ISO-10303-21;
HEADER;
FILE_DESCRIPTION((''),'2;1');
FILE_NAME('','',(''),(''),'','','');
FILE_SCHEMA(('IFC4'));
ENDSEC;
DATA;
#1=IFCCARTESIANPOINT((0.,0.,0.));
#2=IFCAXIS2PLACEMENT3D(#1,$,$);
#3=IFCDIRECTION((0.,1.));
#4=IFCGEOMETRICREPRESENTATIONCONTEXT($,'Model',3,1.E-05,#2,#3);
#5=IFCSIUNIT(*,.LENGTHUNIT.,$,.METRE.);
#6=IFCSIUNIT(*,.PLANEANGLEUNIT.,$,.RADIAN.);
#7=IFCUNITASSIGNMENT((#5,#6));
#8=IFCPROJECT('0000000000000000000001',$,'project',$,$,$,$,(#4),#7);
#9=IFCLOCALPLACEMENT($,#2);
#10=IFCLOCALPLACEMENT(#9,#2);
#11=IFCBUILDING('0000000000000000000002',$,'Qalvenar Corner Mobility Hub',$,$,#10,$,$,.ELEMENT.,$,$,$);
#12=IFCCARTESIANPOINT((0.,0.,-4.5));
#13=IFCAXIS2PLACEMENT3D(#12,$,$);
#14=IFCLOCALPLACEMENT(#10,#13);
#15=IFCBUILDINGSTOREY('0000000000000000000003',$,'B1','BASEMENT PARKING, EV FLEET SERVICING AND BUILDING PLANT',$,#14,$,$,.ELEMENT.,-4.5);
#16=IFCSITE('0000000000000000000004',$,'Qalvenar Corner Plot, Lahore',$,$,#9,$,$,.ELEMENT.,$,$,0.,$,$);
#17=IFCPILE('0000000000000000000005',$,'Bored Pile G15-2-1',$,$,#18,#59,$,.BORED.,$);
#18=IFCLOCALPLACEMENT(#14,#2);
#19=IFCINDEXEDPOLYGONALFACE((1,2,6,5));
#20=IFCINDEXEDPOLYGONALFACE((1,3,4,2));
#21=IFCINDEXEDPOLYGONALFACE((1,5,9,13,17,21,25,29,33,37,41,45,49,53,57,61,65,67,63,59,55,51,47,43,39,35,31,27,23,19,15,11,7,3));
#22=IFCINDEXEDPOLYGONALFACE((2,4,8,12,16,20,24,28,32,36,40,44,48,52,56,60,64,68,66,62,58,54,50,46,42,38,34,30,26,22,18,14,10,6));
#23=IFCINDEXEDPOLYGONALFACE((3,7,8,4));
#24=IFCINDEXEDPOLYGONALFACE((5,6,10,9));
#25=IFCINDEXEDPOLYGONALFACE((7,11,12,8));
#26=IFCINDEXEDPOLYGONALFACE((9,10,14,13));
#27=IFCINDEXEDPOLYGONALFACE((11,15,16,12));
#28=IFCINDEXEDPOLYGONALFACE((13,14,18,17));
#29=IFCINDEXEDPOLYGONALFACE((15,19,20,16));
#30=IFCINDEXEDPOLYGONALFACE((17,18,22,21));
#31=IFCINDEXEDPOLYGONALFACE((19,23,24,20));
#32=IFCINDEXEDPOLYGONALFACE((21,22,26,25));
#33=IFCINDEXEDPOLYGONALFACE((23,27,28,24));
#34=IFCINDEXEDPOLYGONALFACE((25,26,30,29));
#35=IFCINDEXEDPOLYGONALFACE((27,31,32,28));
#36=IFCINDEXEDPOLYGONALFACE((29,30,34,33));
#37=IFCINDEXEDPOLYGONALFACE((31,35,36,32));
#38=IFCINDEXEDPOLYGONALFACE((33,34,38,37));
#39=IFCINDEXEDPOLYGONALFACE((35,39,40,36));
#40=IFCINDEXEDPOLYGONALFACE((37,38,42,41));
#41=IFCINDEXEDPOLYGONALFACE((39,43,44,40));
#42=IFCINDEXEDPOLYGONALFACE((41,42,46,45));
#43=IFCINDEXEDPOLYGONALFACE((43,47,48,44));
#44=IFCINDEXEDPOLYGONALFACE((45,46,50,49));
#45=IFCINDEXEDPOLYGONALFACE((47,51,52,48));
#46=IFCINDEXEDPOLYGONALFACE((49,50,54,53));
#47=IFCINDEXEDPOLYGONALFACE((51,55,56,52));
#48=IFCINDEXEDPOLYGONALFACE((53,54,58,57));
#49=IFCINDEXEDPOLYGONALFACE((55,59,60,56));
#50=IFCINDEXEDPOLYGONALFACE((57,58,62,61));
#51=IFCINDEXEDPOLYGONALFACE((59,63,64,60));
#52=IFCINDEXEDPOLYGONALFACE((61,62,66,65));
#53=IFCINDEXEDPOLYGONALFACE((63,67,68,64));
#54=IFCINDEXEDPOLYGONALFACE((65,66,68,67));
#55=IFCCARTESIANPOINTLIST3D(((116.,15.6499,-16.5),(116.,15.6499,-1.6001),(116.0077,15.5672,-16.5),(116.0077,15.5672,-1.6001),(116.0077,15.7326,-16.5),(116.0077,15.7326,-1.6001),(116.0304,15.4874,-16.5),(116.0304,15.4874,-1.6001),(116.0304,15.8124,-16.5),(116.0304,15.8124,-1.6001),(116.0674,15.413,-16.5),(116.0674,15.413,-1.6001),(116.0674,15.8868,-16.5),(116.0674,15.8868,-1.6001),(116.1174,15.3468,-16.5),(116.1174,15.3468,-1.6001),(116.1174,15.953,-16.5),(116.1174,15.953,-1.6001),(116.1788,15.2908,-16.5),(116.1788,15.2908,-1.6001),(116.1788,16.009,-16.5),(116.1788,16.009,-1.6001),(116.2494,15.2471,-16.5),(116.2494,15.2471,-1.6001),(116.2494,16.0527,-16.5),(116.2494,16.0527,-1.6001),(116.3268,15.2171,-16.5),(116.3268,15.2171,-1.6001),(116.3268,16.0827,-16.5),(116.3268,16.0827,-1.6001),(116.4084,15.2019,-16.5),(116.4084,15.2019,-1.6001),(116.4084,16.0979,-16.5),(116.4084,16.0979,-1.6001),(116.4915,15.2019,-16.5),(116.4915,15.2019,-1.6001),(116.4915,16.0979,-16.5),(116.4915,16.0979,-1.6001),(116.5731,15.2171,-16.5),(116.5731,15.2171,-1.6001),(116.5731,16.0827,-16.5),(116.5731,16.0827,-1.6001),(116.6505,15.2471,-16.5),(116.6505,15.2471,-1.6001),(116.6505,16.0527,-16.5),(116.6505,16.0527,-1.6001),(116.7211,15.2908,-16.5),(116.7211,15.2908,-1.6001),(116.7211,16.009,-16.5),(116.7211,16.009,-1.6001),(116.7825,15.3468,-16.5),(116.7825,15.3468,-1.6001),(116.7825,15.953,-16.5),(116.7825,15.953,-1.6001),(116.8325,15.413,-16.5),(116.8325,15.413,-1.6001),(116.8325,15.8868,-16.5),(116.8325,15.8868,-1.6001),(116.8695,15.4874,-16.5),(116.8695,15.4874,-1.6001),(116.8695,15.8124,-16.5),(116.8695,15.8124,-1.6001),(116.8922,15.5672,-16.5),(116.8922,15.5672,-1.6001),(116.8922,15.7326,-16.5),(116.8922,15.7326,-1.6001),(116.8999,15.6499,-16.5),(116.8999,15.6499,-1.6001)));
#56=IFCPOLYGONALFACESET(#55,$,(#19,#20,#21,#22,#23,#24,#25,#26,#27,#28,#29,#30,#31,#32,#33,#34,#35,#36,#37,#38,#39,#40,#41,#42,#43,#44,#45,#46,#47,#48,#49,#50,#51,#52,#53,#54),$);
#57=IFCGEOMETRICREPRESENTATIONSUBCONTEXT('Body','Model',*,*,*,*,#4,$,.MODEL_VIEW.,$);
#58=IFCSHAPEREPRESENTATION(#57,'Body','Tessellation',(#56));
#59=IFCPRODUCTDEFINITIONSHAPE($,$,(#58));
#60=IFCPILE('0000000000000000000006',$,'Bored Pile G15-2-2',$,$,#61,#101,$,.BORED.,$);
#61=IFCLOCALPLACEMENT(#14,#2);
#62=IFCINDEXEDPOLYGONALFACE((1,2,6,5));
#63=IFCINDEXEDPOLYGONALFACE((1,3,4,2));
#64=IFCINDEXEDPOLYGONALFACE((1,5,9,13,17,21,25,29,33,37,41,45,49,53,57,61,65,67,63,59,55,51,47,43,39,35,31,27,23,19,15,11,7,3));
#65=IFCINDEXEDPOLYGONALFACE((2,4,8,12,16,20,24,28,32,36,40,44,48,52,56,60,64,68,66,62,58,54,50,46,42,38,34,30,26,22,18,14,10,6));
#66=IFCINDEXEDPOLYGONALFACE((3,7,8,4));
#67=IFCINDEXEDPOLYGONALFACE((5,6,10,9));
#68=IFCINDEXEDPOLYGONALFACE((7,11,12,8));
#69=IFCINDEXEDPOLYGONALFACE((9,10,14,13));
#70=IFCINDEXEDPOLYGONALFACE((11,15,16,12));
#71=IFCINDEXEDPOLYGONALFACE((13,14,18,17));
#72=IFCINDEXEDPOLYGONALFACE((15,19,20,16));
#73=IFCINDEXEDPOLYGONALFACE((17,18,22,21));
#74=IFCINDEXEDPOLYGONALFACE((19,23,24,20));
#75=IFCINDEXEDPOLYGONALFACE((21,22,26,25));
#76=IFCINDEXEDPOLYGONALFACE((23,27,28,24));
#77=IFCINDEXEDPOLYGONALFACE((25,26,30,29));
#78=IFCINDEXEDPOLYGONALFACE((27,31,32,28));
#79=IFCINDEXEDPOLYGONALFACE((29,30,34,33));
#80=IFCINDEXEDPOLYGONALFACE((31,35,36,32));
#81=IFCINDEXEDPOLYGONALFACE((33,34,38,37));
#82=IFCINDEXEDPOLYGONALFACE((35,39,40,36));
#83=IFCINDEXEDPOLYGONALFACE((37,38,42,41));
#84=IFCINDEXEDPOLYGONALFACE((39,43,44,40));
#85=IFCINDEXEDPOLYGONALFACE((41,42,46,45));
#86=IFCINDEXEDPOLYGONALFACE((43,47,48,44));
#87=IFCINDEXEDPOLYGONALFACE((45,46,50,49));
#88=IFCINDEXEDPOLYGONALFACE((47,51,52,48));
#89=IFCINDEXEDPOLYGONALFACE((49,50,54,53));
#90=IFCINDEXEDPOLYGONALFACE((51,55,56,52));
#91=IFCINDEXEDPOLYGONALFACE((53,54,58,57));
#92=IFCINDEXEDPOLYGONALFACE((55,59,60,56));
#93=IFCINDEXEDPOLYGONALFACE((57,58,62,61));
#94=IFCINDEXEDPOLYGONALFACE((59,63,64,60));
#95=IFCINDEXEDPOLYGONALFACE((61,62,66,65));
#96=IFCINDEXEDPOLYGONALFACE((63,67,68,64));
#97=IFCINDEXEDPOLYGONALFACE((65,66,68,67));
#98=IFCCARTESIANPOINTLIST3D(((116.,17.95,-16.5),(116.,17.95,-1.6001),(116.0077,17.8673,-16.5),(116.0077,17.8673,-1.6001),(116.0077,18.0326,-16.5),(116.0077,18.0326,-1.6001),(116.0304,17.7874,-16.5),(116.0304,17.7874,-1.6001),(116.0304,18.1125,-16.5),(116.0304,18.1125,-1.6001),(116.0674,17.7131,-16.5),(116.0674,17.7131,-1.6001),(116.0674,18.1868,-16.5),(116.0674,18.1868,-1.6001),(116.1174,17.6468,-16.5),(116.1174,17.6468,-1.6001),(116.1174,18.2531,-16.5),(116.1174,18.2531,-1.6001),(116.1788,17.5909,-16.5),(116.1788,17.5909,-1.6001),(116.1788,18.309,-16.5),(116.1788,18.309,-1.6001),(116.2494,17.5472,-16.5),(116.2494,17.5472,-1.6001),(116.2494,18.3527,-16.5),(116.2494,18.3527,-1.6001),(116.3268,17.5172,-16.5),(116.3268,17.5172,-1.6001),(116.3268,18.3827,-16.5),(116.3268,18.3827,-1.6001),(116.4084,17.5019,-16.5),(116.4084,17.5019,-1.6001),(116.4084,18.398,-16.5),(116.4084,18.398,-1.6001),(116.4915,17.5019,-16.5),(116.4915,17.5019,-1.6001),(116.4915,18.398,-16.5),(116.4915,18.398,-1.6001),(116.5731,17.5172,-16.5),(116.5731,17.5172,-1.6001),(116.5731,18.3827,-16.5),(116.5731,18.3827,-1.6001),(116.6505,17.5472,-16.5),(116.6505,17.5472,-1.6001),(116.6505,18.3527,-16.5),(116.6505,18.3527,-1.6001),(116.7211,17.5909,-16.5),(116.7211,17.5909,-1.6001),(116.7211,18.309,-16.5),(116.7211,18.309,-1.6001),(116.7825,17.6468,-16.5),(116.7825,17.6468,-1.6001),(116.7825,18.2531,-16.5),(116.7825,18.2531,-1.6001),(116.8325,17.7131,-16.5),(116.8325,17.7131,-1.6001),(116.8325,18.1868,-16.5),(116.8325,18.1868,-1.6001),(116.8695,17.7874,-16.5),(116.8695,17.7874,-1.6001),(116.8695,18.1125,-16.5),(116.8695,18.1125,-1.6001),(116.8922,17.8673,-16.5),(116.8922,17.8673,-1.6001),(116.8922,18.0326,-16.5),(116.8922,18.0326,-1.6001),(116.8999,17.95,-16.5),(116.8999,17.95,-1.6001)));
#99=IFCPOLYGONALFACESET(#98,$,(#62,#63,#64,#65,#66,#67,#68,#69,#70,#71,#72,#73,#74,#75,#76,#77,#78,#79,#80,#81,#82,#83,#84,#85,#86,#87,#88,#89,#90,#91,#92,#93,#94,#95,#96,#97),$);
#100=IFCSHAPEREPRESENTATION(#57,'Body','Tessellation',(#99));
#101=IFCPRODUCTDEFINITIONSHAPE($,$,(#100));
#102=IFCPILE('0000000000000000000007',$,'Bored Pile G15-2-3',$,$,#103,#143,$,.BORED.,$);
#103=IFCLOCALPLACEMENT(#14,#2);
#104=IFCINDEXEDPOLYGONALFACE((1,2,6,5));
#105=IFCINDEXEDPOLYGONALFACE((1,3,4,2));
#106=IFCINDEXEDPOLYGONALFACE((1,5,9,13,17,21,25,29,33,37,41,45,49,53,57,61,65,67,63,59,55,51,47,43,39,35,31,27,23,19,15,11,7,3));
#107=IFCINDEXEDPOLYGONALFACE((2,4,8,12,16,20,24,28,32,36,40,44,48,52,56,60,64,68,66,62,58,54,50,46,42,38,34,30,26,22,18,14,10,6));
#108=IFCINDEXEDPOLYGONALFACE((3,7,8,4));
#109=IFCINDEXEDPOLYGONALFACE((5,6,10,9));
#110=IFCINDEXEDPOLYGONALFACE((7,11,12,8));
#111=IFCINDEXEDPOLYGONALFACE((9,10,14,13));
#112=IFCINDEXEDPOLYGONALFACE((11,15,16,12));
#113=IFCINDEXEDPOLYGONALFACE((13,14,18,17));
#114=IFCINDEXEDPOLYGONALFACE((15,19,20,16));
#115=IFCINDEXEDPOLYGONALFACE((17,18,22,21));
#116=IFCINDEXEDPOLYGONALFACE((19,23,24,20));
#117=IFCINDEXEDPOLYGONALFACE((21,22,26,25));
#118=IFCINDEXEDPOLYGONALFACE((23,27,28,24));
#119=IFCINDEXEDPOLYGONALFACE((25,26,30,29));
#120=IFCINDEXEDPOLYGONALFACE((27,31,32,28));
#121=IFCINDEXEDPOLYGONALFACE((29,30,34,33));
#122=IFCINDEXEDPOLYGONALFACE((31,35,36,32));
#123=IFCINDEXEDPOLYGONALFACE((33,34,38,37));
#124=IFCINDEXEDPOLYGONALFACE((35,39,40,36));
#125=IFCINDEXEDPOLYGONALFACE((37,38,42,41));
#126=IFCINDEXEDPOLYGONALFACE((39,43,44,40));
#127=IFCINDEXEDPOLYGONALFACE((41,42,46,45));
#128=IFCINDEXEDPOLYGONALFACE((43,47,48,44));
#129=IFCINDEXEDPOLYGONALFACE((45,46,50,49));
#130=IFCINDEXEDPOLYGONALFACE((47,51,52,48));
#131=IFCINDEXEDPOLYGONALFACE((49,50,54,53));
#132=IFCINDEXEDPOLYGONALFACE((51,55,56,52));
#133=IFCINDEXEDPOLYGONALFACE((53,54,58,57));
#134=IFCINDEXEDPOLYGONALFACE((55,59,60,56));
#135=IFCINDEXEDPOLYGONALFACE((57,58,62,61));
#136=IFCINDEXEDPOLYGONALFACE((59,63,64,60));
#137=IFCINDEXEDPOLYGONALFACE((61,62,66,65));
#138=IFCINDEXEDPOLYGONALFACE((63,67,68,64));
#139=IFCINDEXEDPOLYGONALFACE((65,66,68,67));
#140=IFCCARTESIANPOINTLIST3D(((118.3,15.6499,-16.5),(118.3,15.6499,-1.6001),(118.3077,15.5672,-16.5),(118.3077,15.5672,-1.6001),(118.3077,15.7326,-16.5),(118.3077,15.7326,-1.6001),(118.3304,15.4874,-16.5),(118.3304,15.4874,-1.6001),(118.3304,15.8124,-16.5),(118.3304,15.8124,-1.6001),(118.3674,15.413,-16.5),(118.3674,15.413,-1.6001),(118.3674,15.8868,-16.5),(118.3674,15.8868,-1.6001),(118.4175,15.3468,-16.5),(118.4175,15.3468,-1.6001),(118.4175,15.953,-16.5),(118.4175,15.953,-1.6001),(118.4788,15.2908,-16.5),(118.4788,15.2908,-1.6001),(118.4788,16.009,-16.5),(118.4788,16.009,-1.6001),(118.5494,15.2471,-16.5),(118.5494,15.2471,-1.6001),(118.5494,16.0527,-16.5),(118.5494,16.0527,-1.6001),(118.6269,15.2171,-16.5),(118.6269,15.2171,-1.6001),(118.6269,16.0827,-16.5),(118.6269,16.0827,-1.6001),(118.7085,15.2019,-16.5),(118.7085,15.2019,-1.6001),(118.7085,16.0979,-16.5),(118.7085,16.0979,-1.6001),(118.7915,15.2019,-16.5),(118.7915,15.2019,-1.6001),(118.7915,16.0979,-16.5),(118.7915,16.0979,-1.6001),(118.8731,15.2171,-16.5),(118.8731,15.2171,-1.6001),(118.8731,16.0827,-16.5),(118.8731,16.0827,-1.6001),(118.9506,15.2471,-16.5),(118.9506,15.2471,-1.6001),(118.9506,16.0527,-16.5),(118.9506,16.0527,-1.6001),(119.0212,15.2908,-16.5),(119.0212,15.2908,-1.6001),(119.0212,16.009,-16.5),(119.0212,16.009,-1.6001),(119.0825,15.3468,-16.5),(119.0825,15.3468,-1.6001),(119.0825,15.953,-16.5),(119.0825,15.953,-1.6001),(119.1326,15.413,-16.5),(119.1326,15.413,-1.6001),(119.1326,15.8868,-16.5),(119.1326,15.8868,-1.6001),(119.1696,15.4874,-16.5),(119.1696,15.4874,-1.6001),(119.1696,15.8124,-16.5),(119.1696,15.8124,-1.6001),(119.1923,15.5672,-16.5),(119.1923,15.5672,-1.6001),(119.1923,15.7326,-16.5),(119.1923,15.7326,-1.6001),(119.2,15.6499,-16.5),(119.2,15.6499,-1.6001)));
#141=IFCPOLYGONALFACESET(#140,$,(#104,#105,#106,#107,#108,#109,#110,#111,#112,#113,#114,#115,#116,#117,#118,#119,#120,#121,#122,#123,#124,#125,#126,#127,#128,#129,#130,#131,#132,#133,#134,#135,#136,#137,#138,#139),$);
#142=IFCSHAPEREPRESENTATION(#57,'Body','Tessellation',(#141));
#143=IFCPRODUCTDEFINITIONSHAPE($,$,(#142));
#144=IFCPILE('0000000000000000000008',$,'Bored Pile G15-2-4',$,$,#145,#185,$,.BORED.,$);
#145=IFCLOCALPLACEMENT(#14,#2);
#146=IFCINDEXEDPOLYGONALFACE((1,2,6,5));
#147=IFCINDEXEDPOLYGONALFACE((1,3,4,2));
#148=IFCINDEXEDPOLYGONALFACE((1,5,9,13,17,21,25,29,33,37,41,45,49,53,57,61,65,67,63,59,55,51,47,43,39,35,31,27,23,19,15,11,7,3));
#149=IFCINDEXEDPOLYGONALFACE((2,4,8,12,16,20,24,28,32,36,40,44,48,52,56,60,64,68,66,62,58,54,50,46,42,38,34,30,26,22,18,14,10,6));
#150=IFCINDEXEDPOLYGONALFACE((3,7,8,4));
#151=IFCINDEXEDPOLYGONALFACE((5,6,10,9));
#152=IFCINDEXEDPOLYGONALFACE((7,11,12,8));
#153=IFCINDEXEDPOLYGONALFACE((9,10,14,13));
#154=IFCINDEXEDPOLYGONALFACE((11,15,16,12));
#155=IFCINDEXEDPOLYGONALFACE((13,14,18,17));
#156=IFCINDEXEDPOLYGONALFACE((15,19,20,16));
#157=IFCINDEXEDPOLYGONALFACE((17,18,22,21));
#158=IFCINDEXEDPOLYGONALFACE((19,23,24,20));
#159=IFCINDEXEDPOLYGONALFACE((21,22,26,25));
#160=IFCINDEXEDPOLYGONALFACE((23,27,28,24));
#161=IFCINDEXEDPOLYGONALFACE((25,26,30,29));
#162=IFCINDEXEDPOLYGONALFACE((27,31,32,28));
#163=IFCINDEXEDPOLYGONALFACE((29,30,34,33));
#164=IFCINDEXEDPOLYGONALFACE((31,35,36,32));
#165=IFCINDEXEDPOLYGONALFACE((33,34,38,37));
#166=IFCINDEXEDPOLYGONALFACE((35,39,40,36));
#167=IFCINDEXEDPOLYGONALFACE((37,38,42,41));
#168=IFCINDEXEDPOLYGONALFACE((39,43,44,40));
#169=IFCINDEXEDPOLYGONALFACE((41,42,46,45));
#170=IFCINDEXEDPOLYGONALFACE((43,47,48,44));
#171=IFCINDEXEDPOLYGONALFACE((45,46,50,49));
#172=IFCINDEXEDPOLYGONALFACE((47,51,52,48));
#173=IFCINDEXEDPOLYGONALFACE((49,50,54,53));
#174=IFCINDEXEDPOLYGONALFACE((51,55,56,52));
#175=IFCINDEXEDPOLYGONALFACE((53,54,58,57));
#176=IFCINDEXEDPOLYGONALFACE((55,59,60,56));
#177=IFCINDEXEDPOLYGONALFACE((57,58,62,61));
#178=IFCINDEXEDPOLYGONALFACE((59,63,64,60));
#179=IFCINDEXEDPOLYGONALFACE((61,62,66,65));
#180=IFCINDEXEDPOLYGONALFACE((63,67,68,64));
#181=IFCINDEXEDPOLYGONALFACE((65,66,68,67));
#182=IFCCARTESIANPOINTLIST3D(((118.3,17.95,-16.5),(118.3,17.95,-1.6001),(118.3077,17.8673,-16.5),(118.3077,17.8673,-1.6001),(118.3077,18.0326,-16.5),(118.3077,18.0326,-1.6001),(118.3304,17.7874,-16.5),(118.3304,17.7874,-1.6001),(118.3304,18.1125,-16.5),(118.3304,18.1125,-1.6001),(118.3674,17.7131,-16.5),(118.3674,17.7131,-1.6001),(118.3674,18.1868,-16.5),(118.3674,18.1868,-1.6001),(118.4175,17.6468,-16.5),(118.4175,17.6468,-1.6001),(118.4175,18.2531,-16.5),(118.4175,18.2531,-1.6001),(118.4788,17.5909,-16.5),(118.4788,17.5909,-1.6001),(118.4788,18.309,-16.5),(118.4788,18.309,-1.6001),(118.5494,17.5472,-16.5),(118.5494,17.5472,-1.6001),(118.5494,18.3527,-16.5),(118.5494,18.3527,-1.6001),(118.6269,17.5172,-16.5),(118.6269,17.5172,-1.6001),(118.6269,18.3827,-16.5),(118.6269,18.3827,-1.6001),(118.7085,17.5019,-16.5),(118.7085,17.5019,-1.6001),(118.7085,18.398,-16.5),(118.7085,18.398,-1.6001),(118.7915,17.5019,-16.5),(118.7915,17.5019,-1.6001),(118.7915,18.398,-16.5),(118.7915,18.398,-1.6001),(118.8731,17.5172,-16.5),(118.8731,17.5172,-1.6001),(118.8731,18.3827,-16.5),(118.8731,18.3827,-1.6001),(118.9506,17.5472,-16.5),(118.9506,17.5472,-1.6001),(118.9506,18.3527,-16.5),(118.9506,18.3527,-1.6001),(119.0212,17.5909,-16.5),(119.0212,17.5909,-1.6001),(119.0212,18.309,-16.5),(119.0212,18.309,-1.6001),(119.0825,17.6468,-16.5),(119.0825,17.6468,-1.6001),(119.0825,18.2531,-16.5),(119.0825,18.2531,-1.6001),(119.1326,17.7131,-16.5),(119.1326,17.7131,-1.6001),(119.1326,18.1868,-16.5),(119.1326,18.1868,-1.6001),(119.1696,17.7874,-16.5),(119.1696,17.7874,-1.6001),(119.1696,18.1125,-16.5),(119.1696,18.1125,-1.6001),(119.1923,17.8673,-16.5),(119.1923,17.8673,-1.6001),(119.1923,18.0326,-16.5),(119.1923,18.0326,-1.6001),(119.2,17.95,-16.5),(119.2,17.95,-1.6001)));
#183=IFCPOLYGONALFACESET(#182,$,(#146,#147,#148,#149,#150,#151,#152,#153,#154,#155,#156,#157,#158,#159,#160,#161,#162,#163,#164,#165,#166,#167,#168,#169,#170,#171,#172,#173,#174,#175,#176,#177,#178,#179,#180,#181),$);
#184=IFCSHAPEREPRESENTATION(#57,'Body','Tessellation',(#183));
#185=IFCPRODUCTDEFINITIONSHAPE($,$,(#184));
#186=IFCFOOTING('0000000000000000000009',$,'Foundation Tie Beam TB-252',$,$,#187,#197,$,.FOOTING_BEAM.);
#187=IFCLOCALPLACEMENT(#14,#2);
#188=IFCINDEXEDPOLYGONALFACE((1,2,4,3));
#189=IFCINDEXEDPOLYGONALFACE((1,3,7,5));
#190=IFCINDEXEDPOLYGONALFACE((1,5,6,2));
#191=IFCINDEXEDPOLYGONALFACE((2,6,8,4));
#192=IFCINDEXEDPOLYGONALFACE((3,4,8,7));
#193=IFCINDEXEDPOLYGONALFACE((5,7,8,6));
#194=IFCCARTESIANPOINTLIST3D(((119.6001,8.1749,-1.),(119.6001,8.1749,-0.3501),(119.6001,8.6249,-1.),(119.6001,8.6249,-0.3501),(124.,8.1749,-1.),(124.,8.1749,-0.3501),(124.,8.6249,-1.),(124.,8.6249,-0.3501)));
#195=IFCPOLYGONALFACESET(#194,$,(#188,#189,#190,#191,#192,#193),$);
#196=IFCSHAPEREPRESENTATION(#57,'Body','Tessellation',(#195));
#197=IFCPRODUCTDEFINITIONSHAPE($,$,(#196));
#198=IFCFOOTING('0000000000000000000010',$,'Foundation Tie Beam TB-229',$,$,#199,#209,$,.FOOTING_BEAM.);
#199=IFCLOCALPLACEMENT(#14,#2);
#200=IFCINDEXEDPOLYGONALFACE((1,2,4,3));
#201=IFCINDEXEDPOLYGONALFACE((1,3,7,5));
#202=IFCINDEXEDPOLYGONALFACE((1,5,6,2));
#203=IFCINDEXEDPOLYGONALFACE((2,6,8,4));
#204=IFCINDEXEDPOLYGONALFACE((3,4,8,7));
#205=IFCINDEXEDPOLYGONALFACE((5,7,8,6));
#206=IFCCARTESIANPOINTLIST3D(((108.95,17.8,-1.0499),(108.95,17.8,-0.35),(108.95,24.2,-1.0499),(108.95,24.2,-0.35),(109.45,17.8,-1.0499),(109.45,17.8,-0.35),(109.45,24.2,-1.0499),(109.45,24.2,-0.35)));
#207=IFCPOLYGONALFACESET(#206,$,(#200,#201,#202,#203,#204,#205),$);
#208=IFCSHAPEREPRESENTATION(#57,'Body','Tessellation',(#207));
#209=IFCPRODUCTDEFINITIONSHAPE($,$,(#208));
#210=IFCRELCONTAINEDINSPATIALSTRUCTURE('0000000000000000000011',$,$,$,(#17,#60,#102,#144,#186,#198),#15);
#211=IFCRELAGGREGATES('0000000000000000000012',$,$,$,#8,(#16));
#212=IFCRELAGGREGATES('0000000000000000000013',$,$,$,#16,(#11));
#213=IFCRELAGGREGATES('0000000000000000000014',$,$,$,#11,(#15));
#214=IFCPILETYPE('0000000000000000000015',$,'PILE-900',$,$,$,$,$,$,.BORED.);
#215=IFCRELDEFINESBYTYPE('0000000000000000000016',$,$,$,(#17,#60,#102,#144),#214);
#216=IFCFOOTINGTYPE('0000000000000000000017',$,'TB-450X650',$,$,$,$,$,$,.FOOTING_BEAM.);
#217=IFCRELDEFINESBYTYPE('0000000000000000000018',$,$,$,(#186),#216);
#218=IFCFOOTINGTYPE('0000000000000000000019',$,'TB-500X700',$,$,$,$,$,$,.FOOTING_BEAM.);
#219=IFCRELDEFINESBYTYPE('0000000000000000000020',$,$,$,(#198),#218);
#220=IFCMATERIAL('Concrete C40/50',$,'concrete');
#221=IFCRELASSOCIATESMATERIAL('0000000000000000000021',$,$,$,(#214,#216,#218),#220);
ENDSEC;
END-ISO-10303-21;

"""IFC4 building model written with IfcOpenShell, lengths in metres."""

from ifc_helpers import new_model, si_unit, direction, frame, origin, origin_2d, place, context, subcontext, project, spatial, rectangle, circle, extrude, material, material_profile, profile_set, type_object, element, save


model = new_model("IFC4")

# Units and contexts
model_context = context("Model", 3, precision=1e-05, world=origin(), true_north=direction((0.0, 1.0)))
body_context = subcontext(model_context, "Body", "Model", "MODEL_VIEW")
ifc_project = project(units=[si_unit("LENGTHUNIT", "METRE"), si_unit("PLANEANGLEUNIT", "RADIAN")], contexts=[model_context])

# Site, building, storey
site_placement = place(None, origin())
site = spatial("IfcSite", under=ifc_project, at=site_placement, Name="Qalvenar Corner Plot, Lahore", CompositionType="ELEMENT", RefElevation=0.0)
building_placement = place(site_placement, origin())
building = spatial("IfcBuilding", under=site, at=building_placement, Name="Qalvenar Corner Mobility Hub", CompositionType="ELEMENT")
storey_placement = place(building_placement, frame((0.0, 0.0, -4.5)))
storey = spatial("IfcBuildingStorey", under=building, at=storey_placement, Name="B1", Description="BASEMENT PARKING, EV FLEET SERVICING AND BUILDING PLANT", CompositionType="ELEMENT", Elevation=-4.5)

# Shared definitions
ifc_material_1 = material(Name="Concrete C40/50", Category="concrete")

# Piles
ifc_material_profile_1 = material_profile(ifc_material_1, circle(Radius=0.45, at=origin_2d()), Name="DIA900")
ifc_profile_set_1 = profile_set([ifc_material_profile_1], Name="Concrete C40/50")
pile_type = type_object("IfcPileType", Name="PILE-900", PredefinedType="BORED", material=ifc_profile_set_1)
for number, where, z_axis, x_axis, name in (
    (1, (116.45, 15.6499, -1.6001), (0.0, 0.0, -1.0), (1.0, 0.0, 0.0), "Bored Pile G15-2-1"),
    (2, (116.45, 17.95, -1.6001), (0.0, 0.0, -1.0), (1.0, 0.0, 0.0), "Bored Pile G15-2-2"),
    (3, (118.75, 15.6499, -1.6001), (0.0, 0.0, -1.0), (1.0, 0.0, 0.0), "Bored Pile G15-2-3"),
    (4, (118.75, 17.95, -1.6001), (0.0, 0.0, -1.0), (1.0, 0.0, 0.0), "Bored Pile G15-2-4"),
):
    element("IfcPile", number, at=place(storey_placement, frame(where, z_axis=z_axis, x_axis=x_axis)), inside=storey, type_object=pile_type, Name=name, PredefinedType="BORED", context=body_context, shape_type="SweptSolid", body=[
        extrude(circle(Radius=0.45, at=origin_2d()), origin(), (0.0, 0.0, 1.0), 14.8999),
    ])

# Footings
ifc_material_profile_2 = material_profile(ifc_material_1, rectangle(XDim=0.45, YDim=0.6499, at=origin_2d()), Name="RC450x650")
ifc_profile_set_2 = profile_set([ifc_material_profile_2], Name="Concrete C40/50")
footing_type_1 = type_object("IfcFootingType", Name="TB-450X650", PredefinedType="FOOTING_BEAM", material=ifc_profile_set_2)
footing_1_placement = place(storey_placement, frame((119.6001, 8.3999, -0.675), z_axis=(1.0, 0.0, 0.0), x_axis=(0.0, 1.0, 0.0)))
element("IfcFooting", 5, at=footing_1_placement, inside=storey, type_object=footing_type_1, Name="Foundation Tie Beam TB-252", PredefinedType="FOOTING_BEAM", context=body_context, shape_type="SweptSolid", body=[
    extrude(rectangle(XDim=0.45, YDim=0.6499, at=origin_2d()), origin(), (0.0, 0.0, 1.0), 4.3999),
])
ifc_material_profile_3 = material_profile(ifc_material_1, rectangle(XDim=0.5, YDim=0.7, at=origin_2d()), Name="RC500x700")
ifc_profile_set_3 = profile_set([ifc_material_profile_3], Name="Concrete C40/50")
footing_type_2 = type_object("IfcFootingType", Name="TB-500X700", PredefinedType="FOOTING_BEAM", material=ifc_profile_set_3)
footing_2_placement = place(storey_placement, frame((109.2, 17.8, -0.7), z_axis=(0.0, 1.0, 0.0), x_axis=(-1.0, 0.0, 0.0)))
element("IfcFooting", 6, at=footing_2_placement, inside=storey, type_object=footing_type_2, Name="Foundation Tie Beam TB-229", PredefinedType="FOOTING_BEAM", context=body_context, shape_type="SweptSolid", body=[
    extrude(rectangle(XDim=0.5, YDim=0.7, at=origin_2d()), origin(), (0.0, 0.0, 1.0), 6.3999),
])

save(model, "model.ifc")
